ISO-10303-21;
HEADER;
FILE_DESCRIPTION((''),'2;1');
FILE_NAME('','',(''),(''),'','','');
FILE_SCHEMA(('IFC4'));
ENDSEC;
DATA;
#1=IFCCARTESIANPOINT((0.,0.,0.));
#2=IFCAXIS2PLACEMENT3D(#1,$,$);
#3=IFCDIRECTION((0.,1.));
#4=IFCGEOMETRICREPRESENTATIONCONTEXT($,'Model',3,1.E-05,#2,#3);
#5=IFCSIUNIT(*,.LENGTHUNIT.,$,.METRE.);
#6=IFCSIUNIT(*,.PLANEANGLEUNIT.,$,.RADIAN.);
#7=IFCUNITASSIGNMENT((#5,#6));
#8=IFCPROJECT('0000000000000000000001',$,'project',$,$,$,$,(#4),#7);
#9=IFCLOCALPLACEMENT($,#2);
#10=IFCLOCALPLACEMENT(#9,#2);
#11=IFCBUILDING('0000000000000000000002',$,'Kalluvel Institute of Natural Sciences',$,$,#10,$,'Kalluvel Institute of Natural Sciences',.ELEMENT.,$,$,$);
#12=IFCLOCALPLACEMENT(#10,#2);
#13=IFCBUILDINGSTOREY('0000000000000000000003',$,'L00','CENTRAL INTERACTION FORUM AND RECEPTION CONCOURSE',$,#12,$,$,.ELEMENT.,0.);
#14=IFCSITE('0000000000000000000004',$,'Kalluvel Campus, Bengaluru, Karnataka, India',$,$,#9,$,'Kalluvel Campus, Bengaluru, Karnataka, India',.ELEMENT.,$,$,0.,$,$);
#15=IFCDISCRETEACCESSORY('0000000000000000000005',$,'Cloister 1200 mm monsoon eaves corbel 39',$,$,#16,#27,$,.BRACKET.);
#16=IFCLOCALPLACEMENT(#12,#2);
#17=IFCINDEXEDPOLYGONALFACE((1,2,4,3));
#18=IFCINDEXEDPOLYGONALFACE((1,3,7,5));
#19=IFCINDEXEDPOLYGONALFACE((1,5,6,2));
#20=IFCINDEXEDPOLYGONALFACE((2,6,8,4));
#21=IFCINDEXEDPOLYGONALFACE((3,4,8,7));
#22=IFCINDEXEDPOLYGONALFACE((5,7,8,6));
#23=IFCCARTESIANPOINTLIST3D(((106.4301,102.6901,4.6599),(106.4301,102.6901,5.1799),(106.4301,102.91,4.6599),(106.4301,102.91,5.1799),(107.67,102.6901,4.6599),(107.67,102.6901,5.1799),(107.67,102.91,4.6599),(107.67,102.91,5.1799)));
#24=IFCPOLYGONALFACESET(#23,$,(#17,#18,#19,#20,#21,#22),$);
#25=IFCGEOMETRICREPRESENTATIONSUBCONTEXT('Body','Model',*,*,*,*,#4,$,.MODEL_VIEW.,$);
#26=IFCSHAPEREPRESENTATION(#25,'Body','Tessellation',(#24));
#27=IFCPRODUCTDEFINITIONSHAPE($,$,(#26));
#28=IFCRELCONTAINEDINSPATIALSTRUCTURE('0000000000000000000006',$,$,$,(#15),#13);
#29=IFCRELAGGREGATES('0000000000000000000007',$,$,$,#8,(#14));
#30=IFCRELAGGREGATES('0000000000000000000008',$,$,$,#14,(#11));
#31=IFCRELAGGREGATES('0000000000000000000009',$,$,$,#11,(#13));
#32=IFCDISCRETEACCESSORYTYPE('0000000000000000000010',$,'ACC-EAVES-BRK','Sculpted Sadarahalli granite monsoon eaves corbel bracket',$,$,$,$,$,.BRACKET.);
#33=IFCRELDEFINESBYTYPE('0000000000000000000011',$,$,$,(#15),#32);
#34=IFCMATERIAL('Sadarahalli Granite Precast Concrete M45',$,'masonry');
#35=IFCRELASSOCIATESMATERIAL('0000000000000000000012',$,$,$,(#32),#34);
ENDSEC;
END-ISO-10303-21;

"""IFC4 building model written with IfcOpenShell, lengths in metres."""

from ifc_helpers import new_model, si_unit, direction, frame, origin, origin_2d, place, context, subcontext, project, spatial, rectangle, extrude, material, type_object, element, save


model = new_model("IFC4")

# Units and contexts
model_context = context("Model", 3, precision=1e-05, world=origin(), true_north=direction((0.0, 1.0)))
body_context = subcontext(model_context, "Body", "Model", "MODEL_VIEW")
ifc_project = project(units=[si_unit("LENGTHUNIT", "METRE"), si_unit("PLANEANGLEUNIT", "RADIAN")], contexts=[model_context])

# Site, building, storey
site_placement = place(None, origin())
site = spatial("IfcSite", under=ifc_project, at=site_placement, Name="Kalluvel Campus, Bengaluru, Karnataka, India", LongName="Kalluvel Campus, Bengaluru, Karnataka, India", CompositionType="ELEMENT", RefElevation=0.0)
building_placement = place(site_placement, origin())
building = spatial("IfcBuilding", under=site, at=building_placement, Name="Kalluvel Institute of Natural Sciences", LongName="Kalluvel Institute of Natural Sciences", CompositionType="ELEMENT")
storey_placement = place(building_placement, origin())
storey = spatial("IfcBuildingStorey", under=building, at=storey_placement, Name="L00", Description="CENTRAL INTERACTION FORUM AND RECEPTION CONCOURSE", CompositionType="ELEMENT", Elevation=0.0)

# Discrete accessory
ifc_material_1 = material(Name="Sadarahalli Granite Precast Concrete M45", Category="masonry")
discrete_accessory_type = type_object("IfcDiscreteAccessoryType", Name="ACC-EAVES-BRK", Description="Sculpted Sadarahalli granite monsoon eaves corbel bracket", PredefinedType="BRACKET", material=ifc_material_1)
discrete_accessory_placement = place(storey_placement, frame((107.05, 102.8, 4.6599), z_axis=(0.0, 0.0, 1.0), x_axis=(1.0, 0.0, 0.0)))
element("IfcDiscreteAccessory", 1, at=discrete_accessory_placement, inside=storey, type_object=discrete_accessory_type, Name="Cloister 1200 mm monsoon eaves corbel 39", PredefinedType="BRACKET", context=body_context, shape_type="SweptSolid", body=[
    extrude(rectangle(XDim=1.24, YDim=0.22, at=origin_2d()), origin(), (0.0, 0.0, 1.0), 0.52),
])

save(model, "model.ifc")
